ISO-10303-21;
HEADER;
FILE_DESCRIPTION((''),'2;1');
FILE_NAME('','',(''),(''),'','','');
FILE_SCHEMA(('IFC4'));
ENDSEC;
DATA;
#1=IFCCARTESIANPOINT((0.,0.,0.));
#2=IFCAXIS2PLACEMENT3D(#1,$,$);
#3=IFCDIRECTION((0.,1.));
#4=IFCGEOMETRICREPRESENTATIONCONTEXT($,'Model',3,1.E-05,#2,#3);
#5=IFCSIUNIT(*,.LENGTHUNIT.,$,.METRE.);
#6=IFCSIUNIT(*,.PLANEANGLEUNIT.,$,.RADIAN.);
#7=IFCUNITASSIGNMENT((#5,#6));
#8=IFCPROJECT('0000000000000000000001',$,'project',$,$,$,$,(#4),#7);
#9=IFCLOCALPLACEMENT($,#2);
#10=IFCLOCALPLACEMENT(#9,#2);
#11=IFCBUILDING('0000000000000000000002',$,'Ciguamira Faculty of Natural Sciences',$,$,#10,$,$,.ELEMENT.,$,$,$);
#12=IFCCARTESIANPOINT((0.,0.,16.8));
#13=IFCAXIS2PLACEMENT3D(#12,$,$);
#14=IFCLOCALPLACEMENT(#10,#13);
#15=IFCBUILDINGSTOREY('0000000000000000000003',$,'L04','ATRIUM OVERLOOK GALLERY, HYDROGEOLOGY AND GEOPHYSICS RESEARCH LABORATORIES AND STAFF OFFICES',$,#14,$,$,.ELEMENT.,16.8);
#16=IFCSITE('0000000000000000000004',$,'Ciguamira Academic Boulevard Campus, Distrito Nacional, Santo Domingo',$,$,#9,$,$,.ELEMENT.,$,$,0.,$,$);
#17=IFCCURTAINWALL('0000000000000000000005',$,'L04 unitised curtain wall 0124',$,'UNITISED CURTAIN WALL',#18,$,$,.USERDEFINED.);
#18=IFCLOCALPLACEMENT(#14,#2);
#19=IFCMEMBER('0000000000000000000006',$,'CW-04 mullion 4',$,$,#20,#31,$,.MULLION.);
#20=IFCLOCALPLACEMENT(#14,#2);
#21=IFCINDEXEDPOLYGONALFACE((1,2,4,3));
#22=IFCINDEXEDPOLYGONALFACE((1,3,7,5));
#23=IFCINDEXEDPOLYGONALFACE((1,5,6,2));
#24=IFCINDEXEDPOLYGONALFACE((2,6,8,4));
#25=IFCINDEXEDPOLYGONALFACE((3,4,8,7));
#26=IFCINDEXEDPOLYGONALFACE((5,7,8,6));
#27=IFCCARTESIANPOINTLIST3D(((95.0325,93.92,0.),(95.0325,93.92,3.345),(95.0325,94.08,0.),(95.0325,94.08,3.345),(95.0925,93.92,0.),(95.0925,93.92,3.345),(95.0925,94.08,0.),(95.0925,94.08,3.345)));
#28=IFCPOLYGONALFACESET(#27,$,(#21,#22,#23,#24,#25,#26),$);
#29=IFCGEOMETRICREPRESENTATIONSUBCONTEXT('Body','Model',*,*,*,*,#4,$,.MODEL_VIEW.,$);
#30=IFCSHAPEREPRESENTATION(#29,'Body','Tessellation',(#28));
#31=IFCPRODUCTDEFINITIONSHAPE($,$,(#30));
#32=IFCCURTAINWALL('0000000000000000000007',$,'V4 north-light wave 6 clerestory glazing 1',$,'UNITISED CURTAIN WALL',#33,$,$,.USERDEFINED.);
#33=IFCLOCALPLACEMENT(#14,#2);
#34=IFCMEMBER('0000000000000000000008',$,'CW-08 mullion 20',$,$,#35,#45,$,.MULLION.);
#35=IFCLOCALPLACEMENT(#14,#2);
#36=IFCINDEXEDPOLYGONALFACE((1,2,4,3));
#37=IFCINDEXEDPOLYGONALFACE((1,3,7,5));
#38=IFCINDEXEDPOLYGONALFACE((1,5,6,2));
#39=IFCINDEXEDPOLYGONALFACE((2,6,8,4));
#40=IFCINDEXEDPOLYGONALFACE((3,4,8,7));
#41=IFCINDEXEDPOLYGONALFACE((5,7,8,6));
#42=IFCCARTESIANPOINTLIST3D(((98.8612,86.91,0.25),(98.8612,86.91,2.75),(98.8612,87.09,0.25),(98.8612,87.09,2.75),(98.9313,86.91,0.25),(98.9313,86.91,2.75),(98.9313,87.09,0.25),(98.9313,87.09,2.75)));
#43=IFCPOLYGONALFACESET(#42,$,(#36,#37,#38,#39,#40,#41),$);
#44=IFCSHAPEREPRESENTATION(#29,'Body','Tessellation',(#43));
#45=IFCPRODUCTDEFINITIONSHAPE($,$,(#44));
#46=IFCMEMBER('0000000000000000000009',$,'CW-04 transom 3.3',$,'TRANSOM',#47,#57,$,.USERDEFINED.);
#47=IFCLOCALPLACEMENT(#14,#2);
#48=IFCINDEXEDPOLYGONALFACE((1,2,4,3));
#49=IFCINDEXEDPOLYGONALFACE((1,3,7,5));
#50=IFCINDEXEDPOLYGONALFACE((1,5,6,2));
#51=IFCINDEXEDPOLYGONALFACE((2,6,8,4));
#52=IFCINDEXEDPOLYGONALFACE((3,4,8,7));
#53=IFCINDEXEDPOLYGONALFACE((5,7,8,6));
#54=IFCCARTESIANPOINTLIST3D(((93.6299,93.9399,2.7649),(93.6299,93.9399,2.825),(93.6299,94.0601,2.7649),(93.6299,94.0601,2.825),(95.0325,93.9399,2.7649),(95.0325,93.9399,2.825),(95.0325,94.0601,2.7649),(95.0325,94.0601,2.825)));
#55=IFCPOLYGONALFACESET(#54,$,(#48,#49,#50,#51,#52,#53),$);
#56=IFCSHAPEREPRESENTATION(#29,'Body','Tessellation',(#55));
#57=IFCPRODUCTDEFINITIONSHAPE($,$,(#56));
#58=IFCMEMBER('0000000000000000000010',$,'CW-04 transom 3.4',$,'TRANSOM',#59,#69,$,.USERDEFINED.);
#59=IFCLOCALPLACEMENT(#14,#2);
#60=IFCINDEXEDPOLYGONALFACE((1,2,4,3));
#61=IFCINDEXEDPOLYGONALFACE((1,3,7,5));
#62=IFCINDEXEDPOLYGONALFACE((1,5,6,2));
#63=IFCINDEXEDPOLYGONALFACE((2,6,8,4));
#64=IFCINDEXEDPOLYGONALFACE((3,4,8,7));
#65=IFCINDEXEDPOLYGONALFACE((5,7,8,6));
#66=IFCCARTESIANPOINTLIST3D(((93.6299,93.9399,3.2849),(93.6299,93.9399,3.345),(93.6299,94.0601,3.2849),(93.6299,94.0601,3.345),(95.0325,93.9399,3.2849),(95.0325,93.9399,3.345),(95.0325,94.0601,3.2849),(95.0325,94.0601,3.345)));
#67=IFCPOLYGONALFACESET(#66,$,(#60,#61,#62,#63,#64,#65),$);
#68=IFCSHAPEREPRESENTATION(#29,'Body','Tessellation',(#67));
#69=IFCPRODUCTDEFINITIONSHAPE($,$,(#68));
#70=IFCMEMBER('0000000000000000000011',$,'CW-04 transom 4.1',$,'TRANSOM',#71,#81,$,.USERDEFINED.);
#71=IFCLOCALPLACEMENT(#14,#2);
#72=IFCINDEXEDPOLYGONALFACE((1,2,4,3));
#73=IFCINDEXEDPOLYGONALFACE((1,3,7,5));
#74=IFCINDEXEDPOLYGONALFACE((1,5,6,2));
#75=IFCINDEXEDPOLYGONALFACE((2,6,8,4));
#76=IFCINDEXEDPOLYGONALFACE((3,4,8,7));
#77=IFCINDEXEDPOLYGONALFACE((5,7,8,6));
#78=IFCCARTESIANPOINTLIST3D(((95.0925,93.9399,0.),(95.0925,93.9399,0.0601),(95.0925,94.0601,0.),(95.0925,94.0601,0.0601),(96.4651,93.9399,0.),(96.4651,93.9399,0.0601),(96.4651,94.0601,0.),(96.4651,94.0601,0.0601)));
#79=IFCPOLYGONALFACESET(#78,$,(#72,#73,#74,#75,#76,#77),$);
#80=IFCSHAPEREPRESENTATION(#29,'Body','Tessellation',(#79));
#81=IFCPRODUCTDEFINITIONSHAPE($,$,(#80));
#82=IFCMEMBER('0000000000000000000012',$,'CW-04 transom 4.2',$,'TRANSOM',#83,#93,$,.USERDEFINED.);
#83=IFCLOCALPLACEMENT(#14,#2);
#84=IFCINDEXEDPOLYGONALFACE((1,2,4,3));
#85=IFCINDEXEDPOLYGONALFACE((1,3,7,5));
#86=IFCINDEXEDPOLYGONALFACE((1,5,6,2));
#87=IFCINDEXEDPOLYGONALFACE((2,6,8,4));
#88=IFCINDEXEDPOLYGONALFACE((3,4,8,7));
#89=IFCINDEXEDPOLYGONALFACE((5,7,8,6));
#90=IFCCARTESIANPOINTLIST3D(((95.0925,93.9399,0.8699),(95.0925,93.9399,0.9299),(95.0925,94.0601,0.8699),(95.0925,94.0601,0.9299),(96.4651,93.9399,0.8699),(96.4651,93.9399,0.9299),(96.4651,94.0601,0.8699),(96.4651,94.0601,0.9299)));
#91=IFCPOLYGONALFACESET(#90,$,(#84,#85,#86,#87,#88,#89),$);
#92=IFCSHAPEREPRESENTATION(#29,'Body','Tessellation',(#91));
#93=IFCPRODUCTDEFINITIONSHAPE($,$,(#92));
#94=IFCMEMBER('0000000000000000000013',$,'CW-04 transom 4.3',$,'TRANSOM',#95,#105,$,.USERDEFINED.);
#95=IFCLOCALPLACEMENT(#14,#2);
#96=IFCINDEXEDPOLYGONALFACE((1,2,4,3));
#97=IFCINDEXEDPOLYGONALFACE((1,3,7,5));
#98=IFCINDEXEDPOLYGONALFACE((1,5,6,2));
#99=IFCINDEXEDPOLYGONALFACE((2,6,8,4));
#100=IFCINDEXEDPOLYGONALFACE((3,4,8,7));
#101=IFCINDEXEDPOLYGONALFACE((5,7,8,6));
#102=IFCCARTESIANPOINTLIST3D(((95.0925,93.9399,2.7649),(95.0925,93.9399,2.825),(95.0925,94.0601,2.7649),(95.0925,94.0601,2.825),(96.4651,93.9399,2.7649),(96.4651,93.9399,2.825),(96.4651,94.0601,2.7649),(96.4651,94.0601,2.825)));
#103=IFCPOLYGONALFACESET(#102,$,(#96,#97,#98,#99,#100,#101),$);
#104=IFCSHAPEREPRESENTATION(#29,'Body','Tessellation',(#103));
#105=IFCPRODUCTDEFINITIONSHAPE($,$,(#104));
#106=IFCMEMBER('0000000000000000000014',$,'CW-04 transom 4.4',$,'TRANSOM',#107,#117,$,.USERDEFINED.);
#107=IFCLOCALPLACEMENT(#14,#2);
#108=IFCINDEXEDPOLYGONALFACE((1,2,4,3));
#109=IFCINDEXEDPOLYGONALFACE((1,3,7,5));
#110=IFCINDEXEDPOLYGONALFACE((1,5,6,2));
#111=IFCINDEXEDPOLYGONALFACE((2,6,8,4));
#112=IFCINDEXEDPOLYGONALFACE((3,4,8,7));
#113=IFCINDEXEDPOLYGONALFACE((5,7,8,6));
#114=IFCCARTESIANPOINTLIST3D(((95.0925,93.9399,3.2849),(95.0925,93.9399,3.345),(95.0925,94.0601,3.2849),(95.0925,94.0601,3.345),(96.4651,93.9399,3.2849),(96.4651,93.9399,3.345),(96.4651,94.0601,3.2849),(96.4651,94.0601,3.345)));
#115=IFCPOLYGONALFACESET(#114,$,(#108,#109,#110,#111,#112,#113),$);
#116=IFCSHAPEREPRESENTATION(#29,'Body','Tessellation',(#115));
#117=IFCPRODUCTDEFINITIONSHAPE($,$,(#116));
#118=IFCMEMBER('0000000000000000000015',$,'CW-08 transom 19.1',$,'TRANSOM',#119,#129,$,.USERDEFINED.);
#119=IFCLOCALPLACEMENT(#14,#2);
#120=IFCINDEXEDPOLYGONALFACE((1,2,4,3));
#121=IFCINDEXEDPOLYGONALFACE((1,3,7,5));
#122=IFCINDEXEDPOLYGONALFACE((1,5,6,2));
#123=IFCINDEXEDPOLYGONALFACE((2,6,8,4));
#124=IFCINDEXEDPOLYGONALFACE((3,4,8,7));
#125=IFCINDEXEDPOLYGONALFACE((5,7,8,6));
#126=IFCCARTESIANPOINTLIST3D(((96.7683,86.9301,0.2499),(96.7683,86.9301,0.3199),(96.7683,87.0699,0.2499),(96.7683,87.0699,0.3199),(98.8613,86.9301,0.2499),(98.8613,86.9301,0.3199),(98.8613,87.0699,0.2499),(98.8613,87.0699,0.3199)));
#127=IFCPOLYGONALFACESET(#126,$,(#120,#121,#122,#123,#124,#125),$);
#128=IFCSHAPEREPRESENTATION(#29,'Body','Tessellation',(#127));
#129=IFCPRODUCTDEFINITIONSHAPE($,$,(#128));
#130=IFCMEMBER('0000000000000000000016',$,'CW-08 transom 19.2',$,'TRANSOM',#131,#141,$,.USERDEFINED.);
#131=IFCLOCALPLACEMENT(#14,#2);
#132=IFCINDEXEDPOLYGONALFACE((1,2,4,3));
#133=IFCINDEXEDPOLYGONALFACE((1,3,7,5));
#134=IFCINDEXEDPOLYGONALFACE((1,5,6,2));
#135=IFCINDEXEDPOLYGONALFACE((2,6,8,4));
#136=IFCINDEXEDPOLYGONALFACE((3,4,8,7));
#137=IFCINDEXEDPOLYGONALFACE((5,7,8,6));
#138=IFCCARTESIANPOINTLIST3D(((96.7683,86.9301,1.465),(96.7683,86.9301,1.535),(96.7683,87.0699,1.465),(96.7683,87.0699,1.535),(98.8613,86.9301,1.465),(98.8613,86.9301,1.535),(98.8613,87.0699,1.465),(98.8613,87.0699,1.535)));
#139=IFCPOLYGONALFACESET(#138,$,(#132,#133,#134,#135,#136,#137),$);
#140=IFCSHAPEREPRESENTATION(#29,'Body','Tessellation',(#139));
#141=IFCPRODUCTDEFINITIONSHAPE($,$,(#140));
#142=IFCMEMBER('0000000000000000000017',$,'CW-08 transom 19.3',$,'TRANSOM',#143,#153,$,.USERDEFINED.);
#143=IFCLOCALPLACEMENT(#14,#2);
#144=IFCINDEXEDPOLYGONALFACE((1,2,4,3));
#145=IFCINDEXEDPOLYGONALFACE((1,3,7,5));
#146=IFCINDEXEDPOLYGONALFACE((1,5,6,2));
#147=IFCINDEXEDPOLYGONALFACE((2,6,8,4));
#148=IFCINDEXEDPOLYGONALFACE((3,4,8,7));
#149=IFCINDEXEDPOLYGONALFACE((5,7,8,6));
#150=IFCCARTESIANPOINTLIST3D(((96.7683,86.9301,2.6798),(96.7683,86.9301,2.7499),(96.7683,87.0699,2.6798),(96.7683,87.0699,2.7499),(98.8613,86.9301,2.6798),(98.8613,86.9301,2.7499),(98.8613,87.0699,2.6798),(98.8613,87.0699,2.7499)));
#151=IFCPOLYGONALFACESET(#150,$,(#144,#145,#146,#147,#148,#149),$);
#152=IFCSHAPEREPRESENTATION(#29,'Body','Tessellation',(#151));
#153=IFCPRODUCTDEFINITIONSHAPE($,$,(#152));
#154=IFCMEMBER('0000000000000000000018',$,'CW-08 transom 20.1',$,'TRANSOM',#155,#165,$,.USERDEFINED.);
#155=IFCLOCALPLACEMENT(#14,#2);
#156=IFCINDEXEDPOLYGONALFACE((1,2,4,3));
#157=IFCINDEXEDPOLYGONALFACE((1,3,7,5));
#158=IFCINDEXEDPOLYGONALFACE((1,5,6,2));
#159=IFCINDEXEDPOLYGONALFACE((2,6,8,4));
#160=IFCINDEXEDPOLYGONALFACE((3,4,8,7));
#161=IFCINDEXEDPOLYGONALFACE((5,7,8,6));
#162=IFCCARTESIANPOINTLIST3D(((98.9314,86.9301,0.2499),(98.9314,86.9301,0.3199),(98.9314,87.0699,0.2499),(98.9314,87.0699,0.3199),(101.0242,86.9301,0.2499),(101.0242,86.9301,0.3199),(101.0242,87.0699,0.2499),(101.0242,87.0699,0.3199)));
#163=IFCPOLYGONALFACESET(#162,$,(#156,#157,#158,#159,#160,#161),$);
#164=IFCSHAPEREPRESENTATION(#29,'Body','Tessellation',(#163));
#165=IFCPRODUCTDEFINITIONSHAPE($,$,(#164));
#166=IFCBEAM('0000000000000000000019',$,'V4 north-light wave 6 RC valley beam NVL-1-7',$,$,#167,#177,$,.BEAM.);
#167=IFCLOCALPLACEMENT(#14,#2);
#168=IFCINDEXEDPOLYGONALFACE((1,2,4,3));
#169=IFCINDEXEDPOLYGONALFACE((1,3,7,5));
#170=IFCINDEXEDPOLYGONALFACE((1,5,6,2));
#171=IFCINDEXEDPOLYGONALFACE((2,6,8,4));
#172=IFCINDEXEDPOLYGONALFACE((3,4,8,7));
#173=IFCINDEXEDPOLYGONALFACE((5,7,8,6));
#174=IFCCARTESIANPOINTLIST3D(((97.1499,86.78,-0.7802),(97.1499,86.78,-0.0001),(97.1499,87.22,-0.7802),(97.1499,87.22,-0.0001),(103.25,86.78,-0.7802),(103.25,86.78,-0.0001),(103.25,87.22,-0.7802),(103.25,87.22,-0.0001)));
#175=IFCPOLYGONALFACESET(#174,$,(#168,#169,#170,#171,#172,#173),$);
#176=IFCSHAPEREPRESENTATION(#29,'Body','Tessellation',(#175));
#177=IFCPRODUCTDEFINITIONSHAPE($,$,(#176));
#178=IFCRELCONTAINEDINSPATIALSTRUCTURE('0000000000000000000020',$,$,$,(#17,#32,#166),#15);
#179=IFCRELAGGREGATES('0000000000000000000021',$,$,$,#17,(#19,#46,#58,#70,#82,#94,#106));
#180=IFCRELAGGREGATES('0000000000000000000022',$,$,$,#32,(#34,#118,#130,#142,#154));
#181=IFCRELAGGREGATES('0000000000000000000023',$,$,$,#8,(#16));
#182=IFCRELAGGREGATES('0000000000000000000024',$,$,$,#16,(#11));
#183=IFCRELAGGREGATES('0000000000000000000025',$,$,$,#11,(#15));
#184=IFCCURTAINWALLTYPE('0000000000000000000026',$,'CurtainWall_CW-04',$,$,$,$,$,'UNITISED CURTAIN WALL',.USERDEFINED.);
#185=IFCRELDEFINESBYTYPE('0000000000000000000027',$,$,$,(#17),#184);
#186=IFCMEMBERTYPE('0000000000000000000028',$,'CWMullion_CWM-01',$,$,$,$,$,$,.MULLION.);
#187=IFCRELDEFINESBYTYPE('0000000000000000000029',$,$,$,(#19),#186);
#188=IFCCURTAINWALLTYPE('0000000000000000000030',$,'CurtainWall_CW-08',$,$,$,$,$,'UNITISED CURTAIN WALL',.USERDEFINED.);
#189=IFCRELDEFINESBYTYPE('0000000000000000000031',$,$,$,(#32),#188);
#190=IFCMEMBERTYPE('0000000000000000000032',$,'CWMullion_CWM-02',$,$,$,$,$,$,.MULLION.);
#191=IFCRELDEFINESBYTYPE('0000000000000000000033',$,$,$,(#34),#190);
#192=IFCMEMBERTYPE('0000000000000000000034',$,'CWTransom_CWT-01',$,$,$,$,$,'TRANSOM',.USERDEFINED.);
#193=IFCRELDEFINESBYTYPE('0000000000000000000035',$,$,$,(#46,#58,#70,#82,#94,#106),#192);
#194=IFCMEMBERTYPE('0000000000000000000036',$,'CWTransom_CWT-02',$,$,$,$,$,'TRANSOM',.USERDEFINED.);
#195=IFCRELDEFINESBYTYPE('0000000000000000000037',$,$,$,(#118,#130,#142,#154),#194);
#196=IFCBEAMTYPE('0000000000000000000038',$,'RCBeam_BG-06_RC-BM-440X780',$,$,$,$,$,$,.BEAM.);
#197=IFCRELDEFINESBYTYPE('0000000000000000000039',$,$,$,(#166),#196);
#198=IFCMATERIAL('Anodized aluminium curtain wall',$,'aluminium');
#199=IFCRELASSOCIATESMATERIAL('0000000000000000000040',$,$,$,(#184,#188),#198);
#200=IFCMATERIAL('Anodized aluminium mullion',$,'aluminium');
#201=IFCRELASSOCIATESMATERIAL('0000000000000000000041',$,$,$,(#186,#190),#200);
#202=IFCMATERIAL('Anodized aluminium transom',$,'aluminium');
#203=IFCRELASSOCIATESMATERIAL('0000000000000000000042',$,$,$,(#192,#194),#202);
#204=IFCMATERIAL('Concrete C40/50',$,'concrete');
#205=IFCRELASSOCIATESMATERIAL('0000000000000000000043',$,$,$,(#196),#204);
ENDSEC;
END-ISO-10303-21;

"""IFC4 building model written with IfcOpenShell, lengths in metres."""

from ifc_helpers import new_model, si_unit, direction, frame, origin, origin_2d, place, context, subcontext, project, spatial, rectangle, extrude, material, material_profile, profile_set, type_object, element, aggregate, save


model = new_model("IFC4")

# Units and contexts
model_context = context("Model", 3, precision=1e-05, world=origin(), true_north=direction((0.0, 1.0)))
body_context = subcontext(model_context, "Body", "Model", "MODEL_VIEW")
ifc_project = project(units=[si_unit("LENGTHUNIT", "METRE"), si_unit("PLANEANGLEUNIT", "RADIAN")], contexts=[model_context])

# Site, building, storey
site_placement = place(None, origin())
site = spatial("IfcSite", under=ifc_project, at=site_placement, Name="Ciguamira Academic Boulevard Campus, Distrito Nacional, Santo Domingo", CompositionType="ELEMENT", RefElevation=0.0)
building_placement = place(site_placement, origin())
building = spatial("IfcBuilding", under=site, at=building_placement, Name="Ciguamira Faculty of Natural Sciences", CompositionType="ELEMENT")
storey_placement = place(building_placement, frame((0.0, 0.0, 16.8)))
storey = spatial("IfcBuildingStorey", under=building, at=storey_placement, Name="L04", Description="ATRIUM OVERLOOK GALLERY, HYDROGEOLOGY AND GEOPHYSICS RESEARCH LABORATORIES AND STAFF OFFICES", CompositionType="ELEMENT", Elevation=16.8)

# Curtain walls, members
ifc_material_1 = material(Name="Anodized aluminium curtain wall", Category="aluminium")
curtain_wall_type_1 = type_object("IfcCurtainWallType", Name="CurtainWall_CW-04", ElementType="UNITISED CURTAIN WALL", PredefinedType="USERDEFINED", material=ifc_material_1)
curtain_wall_1_placement = place(storey_placement, origin())
curtain_wall_1 = element("IfcCurtainWall", 1, at=curtain_wall_1_placement, inside=storey, type_object=curtain_wall_type_1, Name="L04 unitised curtain wall 0124", ObjectType="UNITISED CURTAIN WALL", PredefinedType="USERDEFINED")
ifc_material_2 = material(Name="Anodized aluminium mullion", Category="aluminium")
ifc_material_profile_1 = material_profile(ifc_material_2, rectangle(XDim=0.0601, YDim=0.1599, at=origin_2d()), Name="ALU-MUL-60X160")
ifc_profile_set_1 = profile_set([ifc_material_profile_1], Name="Anodized aluminium mullion")
member_type_1 = type_object("IfcMemberType", Name="CWMullion_CWM-01", PredefinedType="MULLION", material=ifc_profile_set_1)
member_1_placement = place(storey_placement, frame((95.0625, 94.0, 0.0), z_axis=(0.0, 0.0, 1.0), x_axis=(1.0, 0.0, 0.0)))
member_1 = element("IfcMember", 2, at=member_1_placement, type_object=member_type_1, Name="CW-04 mullion 4", PredefinedType="MULLION", context=body_context, shape_type="SweptSolid", body=[
    extrude(rectangle(XDim=0.0601, YDim=0.1599, at=origin_2d()), origin(), (0.0, 0.0, 1.0), 3.345),
])
curtain_wall_type_2 = type_object("IfcCurtainWallType", Name="CurtainWall_CW-08", ElementType="UNITISED CURTAIN WALL", PredefinedType="USERDEFINED", material=ifc_material_1)
curtain_wall_2_placement = place(storey_placement, origin())
curtain_wall_2 = element("IfcCurtainWall", 3, at=curtain_wall_2_placement, inside=storey, type_object=curtain_wall_type_2, Name="V4 north-light wave 6 clerestory glazing 1", ObjectType="UNITISED CURTAIN WALL", PredefinedType="USERDEFINED")
ifc_material_profile_2 = material_profile(ifc_material_2, rectangle(XDim=0.0701, YDim=0.1799, at=origin_2d()), Name="ALU-MUL-70X180")
ifc_profile_set_2 = profile_set([ifc_material_profile_2], Name="Anodized aluminium mullion")
member_type_2 = type_object("IfcMemberType", Name="CWMullion_CWM-02", PredefinedType="MULLION", material=ifc_profile_set_2)
member_2_placement = place(storey_placement, frame((98.8962, 87.0, 0.25), z_axis=(0.0, 0.0, 1.0), x_axis=(1.0, 0.0, 0.0)))
member_2 = element("IfcMember", 4, at=member_2_placement, type_object=member_type_2, Name="CW-08 mullion 20", PredefinedType="MULLION", context=body_context, shape_type="SweptSolid", body=[
    extrude(rectangle(XDim=0.0701, YDim=0.1799, at=origin_2d()), origin(), (0.0, 0.0, 1.0), 2.5),
])

# Members
ifc_material_3 = material(Name="Anodized aluminium transom", Category="aluminium")
ifc_material_profile_3 = material_profile(ifc_material_3, rectangle(XDim=0.0601, YDim=0.1201, at=origin_2d()), Name="ALU-TRN-60X120")
ifc_profile_set_3 = profile_set([ifc_material_profile_3], Name="Anodized aluminium transom")
member_type_3 = type_object("IfcMemberType", Name="CWTransom_CWT-01", ElementType="TRANSOM", PredefinedType="USERDEFINED", material=ifc_profile_set_3)
member_3_placement = place(storey_placement, frame((93.6299, 94.0, 2.7949), z_axis=(1.0, 0.0, 0.0), x_axis=(0.0, 0.0, 1.0)))
member_3 = element("IfcMember", 5, at=member_3_placement, type_object=member_type_3, Name="CW-04 transom 3.3", ObjectType="TRANSOM", PredefinedType="USERDEFINED", context=body_context, shape_type="SweptSolid", body=[
    extrude(rectangle(XDim=0.0601, YDim=0.1201, at=origin_2d()), origin(), (0.0, 0.0, 1.0), 1.4026),
])
member_4_placement = place(storey_placement, frame((93.6299, 94.0, 3.3149), z_axis=(1.0, 0.0, 0.0), x_axis=(0.0, 0.0, 1.0)))
member_4 = element("IfcMember", 6, at=member_4_placement, type_object=member_type_3, Name="CW-04 transom 3.4", ObjectType="TRANSOM", PredefinedType="USERDEFINED", context=body_context, shape_type="SweptSolid", body=[
    extrude(rectangle(XDim=0.0601, YDim=0.1201, at=origin_2d()), origin(), (0.0, 0.0, 1.0), 1.4026),
])
member_5_placement = place(storey_placement, frame((95.0925, 94.0, 0.03), z_axis=(1.0, 0.0, 0.0), x_axis=(0.0, 0.0, 1.0)))
member_5 = element("IfcMember", 7, at=member_5_placement, type_object=member_type_3, Name="CW-04 transom 4.1", ObjectType="TRANSOM", PredefinedType="USERDEFINED", context=body_context, shape_type="SweptSolid", body=[
    extrude(rectangle(XDim=0.0601, YDim=0.1201, at=origin_2d()), origin(), (0.0, 0.0, 1.0), 1.3726),
])
member_6_placement = place(storey_placement, frame((95.0925, 94.0, 0.8999), z_axis=(1.0, 0.0, 0.0), x_axis=(0.0, 0.0, 1.0)))
member_6 = element("IfcMember", 8, at=member_6_placement, type_object=member_type_3, Name="CW-04 transom 4.2", ObjectType="TRANSOM", PredefinedType="USERDEFINED", context=body_context, shape_type="SweptSolid", body=[
    extrude(rectangle(XDim=0.0601, YDim=0.1201, at=origin_2d()), origin(), (0.0, 0.0, 1.0), 1.3726),
])
member_7_placement = place(storey_placement, frame((95.0925, 94.0, 2.7949), z_axis=(1.0, 0.0, 0.0), x_axis=(0.0, 0.0, 1.0)))
member_7 = element("IfcMember", 9, at=member_7_placement, type_object=member_type_3, Name="CW-04 transom 4.3", ObjectType="TRANSOM", PredefinedType="USERDEFINED", context=body_context, shape_type="SweptSolid", body=[
    extrude(rectangle(XDim=0.0601, YDim=0.1201, at=origin_2d()), origin(), (0.0, 0.0, 1.0), 1.3726),
])
member_8_placement = place(storey_placement, frame((95.0925, 94.0, 3.3149), z_axis=(1.0, 0.0, 0.0), x_axis=(0.0, 0.0, 1.0)))
member_8 = element("IfcMember", 10, at=member_8_placement, type_object=member_type_3, Name="CW-04 transom 4.4", ObjectType="TRANSOM", PredefinedType="USERDEFINED", context=body_context, shape_type="SweptSolid", body=[
    extrude(rectangle(XDim=0.0601, YDim=0.1201, at=origin_2d()), origin(), (0.0, 0.0, 1.0), 1.3726),
])
ifc_material_profile_4 = material_profile(ifc_material_3, rectangle(XDim=0.0701, YDim=0.1399, at=origin_2d()), Name="ALU-TRN-70X140")
ifc_profile_set_4 = profile_set([ifc_material_profile_4], Name="Anodized aluminium transom")
member_type_4 = type_object("IfcMemberType", Name="CWTransom_CWT-02", ElementType="TRANSOM", PredefinedType="USERDEFINED", material=ifc_profile_set_4)
member_9_placement = place(storey_placement, frame((96.7683, 87.0, 0.2849), z_axis=(1.0, 0.0, 0.0), x_axis=(0.0, 0.0, 1.0)))
member_9 = element("IfcMember", 11, at=member_9_placement, type_object=member_type_4, Name="CW-08 transom 19.1", ObjectType="TRANSOM", PredefinedType="USERDEFINED", context=body_context, shape_type="SweptSolid", body=[
    extrude(rectangle(XDim=0.0701, YDim=0.1399, at=origin_2d()), origin(), (0.0, 0.0, 1.0), 2.093),
])
member_10_placement = place(storey_placement, frame((96.7683, 87.0, 1.5), z_axis=(1.0, 0.0, 0.0), x_axis=(0.0, 0.0, 1.0)))
member_10 = element("IfcMember", 12, at=member_10_placement, type_object=member_type_4, Name="CW-08 transom 19.2", ObjectType="TRANSOM", PredefinedType="USERDEFINED", context=body_context, shape_type="SweptSolid", body=[
    extrude(rectangle(XDim=0.0701, YDim=0.1399, at=origin_2d()), origin(), (0.0, 0.0, 1.0), 2.093),
])
member_11_placement = place(storey_placement, frame((96.7683, 87.0, 2.7148), z_axis=(1.0, 0.0, 0.0), x_axis=(0.0, 0.0, 1.0)))
member_11 = element("IfcMember", 13, at=member_11_placement, type_object=member_type_4, Name="CW-08 transom 19.3", ObjectType="TRANSOM", PredefinedType="USERDEFINED", context=body_context, shape_type="SweptSolid", body=[
    extrude(rectangle(XDim=0.0701, YDim=0.1399, at=origin_2d()), origin(), (0.0, 0.0, 1.0), 2.093),
])
member_12_placement = place(storey_placement, frame((98.9314, 87.0, 0.2849), z_axis=(1.0, 0.0, 0.0), x_axis=(0.0, 0.0, 1.0)))
member_12 = element("IfcMember", 14, at=member_12_placement, type_object=member_type_4, Name="CW-08 transom 20.1", ObjectType="TRANSOM", PredefinedType="USERDEFINED", context=body_context, shape_type="SweptSolid", body=[
    extrude(rectangle(XDim=0.0701, YDim=0.1399, at=origin_2d()), origin(), (0.0, 0.0, 1.0), 2.0928),
])

# Beam
ifc_material_4 = material(Name="Concrete C40/50", Category="concrete")
ifc_material_profile_5 = material_profile(ifc_material_4, rectangle(XDim=0.4399, YDim=0.78, at=origin_2d()), Name="RC-BM-440X780")
ifc_profile_set_5 = profile_set([ifc_material_profile_5], Name="Concrete C40/50")
beam_type = type_object("IfcBeamType", Name="RCBeam_BG-06_RC-BM-440X780", PredefinedType="BEAM", material=ifc_profile_set_5)
beam_placement = place(storey_placement, frame((97.1499, 87.0, -0.3901), z_axis=(1.0, 0.0, 0.0), x_axis=(0.0, 1.0, 0.0)))
element("IfcBeam", 15, at=beam_placement, inside=storey, type_object=beam_type, Name="V4 north-light wave 6 RC valley beam NVL-1-7", PredefinedType="BEAM", context=body_context, shape_type="SweptSolid", body=[
    extrude(rectangle(XDim=0.4399, YDim=0.78, at=origin_2d()), origin(), (0.0, 0.0, 1.0), 6.1001),
])

aggregate(curtain_wall_1, [member_1, member_3, member_4, member_5, member_6, member_7, member_8])
aggregate(curtain_wall_2, [member_2, member_9, member_10, member_11, member_12])

save(model, "model.ifc")
